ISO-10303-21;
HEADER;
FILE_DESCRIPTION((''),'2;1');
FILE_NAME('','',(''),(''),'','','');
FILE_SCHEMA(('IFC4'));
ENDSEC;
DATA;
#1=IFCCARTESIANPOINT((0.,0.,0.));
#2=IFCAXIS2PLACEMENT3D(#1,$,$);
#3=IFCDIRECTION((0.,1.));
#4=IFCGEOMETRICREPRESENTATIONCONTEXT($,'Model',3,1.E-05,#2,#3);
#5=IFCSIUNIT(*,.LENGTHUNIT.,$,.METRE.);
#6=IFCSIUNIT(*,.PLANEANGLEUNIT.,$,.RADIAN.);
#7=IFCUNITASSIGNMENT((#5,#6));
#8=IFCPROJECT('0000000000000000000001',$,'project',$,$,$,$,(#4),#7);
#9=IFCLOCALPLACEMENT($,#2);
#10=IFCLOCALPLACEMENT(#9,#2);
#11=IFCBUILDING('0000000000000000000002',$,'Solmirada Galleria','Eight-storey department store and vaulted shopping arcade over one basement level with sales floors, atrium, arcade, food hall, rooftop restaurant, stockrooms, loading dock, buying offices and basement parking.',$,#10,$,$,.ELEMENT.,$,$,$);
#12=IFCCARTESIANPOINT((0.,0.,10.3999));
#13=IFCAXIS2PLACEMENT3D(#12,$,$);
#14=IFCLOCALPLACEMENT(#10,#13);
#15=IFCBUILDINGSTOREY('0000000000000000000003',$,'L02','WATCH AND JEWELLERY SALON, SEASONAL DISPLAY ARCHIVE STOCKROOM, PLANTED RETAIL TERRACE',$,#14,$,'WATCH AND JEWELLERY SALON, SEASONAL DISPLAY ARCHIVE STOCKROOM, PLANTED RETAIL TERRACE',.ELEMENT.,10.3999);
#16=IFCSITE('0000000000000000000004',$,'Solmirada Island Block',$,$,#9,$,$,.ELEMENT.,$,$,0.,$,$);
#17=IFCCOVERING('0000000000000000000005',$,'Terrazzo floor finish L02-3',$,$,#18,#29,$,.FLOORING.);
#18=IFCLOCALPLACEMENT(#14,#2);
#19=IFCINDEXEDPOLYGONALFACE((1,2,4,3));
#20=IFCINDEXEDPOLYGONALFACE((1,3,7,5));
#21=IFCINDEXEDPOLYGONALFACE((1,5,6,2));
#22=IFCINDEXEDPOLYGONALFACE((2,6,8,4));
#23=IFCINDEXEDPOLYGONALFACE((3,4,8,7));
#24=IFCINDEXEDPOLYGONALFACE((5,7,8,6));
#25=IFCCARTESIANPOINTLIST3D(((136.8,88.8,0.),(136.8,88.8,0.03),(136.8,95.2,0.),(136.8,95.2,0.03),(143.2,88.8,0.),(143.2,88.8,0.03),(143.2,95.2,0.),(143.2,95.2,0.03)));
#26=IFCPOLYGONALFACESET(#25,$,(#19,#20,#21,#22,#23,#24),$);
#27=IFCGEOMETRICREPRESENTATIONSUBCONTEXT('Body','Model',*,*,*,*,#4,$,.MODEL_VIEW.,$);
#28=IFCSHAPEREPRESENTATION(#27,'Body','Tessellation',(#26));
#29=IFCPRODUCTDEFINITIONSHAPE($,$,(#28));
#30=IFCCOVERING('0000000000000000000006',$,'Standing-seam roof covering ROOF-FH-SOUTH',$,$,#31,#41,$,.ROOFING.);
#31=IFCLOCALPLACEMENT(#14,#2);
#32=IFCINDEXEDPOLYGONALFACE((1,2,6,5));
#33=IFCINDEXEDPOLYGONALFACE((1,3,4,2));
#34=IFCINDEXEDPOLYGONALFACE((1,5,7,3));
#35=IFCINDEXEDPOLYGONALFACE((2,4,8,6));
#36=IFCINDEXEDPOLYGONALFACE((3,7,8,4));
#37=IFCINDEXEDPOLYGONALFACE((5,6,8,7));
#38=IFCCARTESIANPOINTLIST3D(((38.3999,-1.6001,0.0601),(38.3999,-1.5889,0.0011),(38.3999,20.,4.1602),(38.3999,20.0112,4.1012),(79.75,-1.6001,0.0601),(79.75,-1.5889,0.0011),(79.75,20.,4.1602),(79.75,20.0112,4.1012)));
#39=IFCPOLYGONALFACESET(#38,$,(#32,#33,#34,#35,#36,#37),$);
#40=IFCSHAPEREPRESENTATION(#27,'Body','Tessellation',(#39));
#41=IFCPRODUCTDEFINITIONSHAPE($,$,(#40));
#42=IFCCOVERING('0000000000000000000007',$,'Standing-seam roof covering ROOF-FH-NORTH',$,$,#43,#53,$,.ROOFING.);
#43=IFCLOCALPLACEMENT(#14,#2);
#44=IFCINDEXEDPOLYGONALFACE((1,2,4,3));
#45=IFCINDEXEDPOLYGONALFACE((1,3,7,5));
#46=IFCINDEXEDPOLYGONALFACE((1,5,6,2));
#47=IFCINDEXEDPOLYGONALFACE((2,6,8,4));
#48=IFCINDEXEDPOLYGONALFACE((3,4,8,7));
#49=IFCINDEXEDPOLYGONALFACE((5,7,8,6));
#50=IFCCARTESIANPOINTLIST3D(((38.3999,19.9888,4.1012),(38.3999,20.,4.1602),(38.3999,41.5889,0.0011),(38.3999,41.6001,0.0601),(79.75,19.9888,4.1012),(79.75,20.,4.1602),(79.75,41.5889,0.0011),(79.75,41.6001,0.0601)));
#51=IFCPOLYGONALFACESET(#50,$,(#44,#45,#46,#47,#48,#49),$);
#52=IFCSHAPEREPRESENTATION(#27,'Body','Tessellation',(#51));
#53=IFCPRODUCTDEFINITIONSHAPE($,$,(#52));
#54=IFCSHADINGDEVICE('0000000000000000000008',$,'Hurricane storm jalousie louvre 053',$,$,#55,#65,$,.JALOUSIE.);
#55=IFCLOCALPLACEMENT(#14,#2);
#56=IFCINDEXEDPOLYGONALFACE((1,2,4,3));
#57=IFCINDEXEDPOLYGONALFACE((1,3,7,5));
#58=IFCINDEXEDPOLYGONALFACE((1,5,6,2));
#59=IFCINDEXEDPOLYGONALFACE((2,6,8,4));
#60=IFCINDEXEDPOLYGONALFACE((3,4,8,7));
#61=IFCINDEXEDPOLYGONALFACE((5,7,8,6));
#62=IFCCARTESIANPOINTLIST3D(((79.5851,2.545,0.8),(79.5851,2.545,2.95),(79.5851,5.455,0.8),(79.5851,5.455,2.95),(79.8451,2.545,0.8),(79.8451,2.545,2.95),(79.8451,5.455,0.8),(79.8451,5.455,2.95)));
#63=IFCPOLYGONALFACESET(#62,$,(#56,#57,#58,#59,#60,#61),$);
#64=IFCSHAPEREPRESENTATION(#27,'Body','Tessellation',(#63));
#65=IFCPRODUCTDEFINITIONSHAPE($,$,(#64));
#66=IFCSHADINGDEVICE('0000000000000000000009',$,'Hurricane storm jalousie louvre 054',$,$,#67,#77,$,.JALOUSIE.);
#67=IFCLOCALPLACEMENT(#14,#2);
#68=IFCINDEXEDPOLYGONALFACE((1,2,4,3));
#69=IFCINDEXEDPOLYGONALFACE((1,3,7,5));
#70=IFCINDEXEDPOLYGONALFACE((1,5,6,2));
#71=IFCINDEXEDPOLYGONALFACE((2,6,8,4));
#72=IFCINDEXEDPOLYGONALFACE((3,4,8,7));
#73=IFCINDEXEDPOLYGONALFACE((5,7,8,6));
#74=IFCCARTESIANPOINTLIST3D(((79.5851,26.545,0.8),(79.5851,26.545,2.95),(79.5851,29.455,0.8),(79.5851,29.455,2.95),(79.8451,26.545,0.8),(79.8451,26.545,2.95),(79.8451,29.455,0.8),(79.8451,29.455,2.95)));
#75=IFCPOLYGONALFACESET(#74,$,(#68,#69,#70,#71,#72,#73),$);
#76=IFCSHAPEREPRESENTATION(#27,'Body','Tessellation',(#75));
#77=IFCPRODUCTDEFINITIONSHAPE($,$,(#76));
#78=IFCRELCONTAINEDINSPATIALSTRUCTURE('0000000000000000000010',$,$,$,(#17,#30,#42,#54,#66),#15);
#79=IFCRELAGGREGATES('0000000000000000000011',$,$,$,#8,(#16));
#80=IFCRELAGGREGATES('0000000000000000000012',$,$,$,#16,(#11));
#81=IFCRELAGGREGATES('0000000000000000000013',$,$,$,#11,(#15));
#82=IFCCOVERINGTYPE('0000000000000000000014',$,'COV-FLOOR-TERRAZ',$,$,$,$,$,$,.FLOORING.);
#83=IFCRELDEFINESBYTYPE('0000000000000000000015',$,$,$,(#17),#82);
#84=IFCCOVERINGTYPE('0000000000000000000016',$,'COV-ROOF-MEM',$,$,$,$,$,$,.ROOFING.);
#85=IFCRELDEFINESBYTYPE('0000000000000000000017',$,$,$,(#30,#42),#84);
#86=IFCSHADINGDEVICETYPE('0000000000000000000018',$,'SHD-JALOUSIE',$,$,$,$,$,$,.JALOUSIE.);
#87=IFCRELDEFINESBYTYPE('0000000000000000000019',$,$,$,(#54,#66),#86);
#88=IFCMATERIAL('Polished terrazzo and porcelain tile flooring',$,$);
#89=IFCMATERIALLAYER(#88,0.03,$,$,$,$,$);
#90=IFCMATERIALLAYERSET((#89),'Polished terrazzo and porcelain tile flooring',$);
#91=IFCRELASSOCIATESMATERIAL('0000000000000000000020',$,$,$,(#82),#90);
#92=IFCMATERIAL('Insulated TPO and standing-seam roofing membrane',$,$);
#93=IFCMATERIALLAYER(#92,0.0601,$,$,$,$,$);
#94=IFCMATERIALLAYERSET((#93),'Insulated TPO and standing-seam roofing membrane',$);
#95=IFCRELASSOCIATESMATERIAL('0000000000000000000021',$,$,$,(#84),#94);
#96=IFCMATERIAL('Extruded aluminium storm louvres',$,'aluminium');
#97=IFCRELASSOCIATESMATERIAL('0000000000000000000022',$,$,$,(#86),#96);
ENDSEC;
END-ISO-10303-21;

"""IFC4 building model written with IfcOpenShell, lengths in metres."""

from ifc_helpers import new_model, si_unit, direction, frame, origin, origin_2d, place, context, subcontext, project, spatial, polyline, rectangle, outline, extrude, material, layer, layer_set, type_object, element, save


model = new_model("IFC4")

# Units and contexts
model_context = context("Model", 3, precision=1e-05, world=origin(), true_north=direction((0.0, 1.0)))
body_context = subcontext(model_context, "Body", "Model", "MODEL_VIEW")
ifc_project = project(units=[si_unit("LENGTHUNIT", "METRE"), si_unit("PLANEANGLEUNIT", "RADIAN")], contexts=[model_context])

# Site, building, storey
site_placement = place(None, origin())
site = spatial("IfcSite", under=ifc_project, at=site_placement, Name="Solmirada Island Block", CompositionType="ELEMENT", RefElevation=0.0)
building_placement = place(site_placement, origin())
building = spatial("IfcBuilding", under=site, at=building_placement, Name="Solmirada Galleria", Description="Eight-storey department store and vaulted shopping arcade over one basement level with sales floors, atrium, arcade, food hall, rooftop restaurant, stockrooms, loading dock, buying offices and basement parking.", CompositionType="ELEMENT")
storey_placement = place(building_placement, frame((0.0, 0.0, 10.3999)))
storey = spatial("IfcBuildingStorey", under=building, at=storey_placement, Name="L02", Description="WATCH AND JEWELLERY SALON, SEASONAL DISPLAY ARCHIVE STOCKROOM, PLANTED RETAIL TERRACE", LongName="WATCH AND JEWELLERY SALON, SEASONAL DISPLAY ARCHIVE STOCKROOM, PLANTED RETAIL TERRACE", CompositionType="ELEMENT", Elevation=10.3999)

# Coverings
ifc_material_1 = material(Name="Polished terrazzo and porcelain tile flooring")
ifc_layer_1 = layer(ifc_material_1, 0.03)
ifc_layer_set_1 = layer_set([ifc_layer_1], Name="Polished terrazzo and porcelain tile flooring")
covering_type_1 = type_object("IfcCoveringType", Name="COV-FLOOR-TERRAZ", PredefinedType="FLOORING", material=ifc_layer_set_1)
covering_1_placement = place(storey_placement, origin())
element("IfcCovering", 1, at=covering_1_placement, inside=storey, type_object=covering_type_1, Name="Terrazzo floor finish L02-3", PredefinedType="FLOORING", context=body_context, shape_type="SweptSolid", body=[
    extrude(outline(polyline([(136.8, 88.8), (143.2, 88.8), (143.2, 95.2), (136.8, 95.2), (136.8, 88.8)])), origin(), (0.0, 0.0, 1.0), 0.03),
])
ifc_material_2 = material(Name="Insulated TPO and standing-seam roofing membrane")
ifc_layer_2 = layer(ifc_material_2, 0.0601)
ifc_layer_set_2 = layer_set([ifc_layer_2], Name="Insulated TPO and standing-seam roofing membrane")
covering_type_2 = type_object("IfcCoveringType", Name="COV-ROOF-MEM", PredefinedType="ROOFING", material=ifc_layer_set_2)
for number, where, z_axis, x_axis, name in (
    (2, (38.3999, -1.6001, 0.0601), (0.0, -0.186489, 0.982457), (1.0, 0.0, 0.0), "Standing-seam roof covering ROOF-FH-SOUTH"),
    (3, (38.3999, 20.0, 4.1602), (0.0, 0.186489, 0.982457), (1.0, 0.0, 0.0), "Standing-seam roof covering ROOF-FH-NORTH"),
):
    element("IfcCovering", number, at=place(storey_placement, frame(where, z_axis=z_axis, x_axis=x_axis)), inside=storey, type_object=covering_type_2, Name=name, PredefinedType="ROOFING", context=body_context, shape_type="SweptSolid", body=[
        extrude(outline(polyline([(0.0, 0.0), (41.3501, 0.0), (41.3501, 21.9858), (0.0, 21.9858), (0.0, 0.0)])), origin(), (0.0, 0.0, -1.0), 0.0601),
    ])

# Shading devices
ifc_material_3 = material(Name="Extruded aluminium storm louvres", Category="aluminium")
shading_device_type = type_object("IfcShadingDeviceType", Name="SHD-JALOUSIE", PredefinedType="JALOUSIE", material=ifc_material_3)
for number, where, z_axis, x_axis, name in (
    (4, (79.7151, 4.0, 0.8), (0.0, 0.0, 1.0), (0.0, 1.0, 0.0), "Hurricane storm jalousie louvre 053"),
    (5, (79.7151, 28.0, 0.8), (0.0, 0.0, 1.0), (0.0, 1.0, 0.0), "Hurricane storm jalousie louvre 054"),
):
    element("IfcShadingDevice", number, at=place(storey_placement, frame(where, z_axis=z_axis, x_axis=x_axis)), inside=storey, type_object=shading_device_type, Name=name, PredefinedType="JALOUSIE", context=body_context, shape_type="SweptSolid", body=[
        extrude(rectangle(XDim=2.9099, YDim=0.26, at=origin_2d()), origin(), (0.0, 0.0, 1.0), 2.1499),
    ])

save(model, "model.ifc")
